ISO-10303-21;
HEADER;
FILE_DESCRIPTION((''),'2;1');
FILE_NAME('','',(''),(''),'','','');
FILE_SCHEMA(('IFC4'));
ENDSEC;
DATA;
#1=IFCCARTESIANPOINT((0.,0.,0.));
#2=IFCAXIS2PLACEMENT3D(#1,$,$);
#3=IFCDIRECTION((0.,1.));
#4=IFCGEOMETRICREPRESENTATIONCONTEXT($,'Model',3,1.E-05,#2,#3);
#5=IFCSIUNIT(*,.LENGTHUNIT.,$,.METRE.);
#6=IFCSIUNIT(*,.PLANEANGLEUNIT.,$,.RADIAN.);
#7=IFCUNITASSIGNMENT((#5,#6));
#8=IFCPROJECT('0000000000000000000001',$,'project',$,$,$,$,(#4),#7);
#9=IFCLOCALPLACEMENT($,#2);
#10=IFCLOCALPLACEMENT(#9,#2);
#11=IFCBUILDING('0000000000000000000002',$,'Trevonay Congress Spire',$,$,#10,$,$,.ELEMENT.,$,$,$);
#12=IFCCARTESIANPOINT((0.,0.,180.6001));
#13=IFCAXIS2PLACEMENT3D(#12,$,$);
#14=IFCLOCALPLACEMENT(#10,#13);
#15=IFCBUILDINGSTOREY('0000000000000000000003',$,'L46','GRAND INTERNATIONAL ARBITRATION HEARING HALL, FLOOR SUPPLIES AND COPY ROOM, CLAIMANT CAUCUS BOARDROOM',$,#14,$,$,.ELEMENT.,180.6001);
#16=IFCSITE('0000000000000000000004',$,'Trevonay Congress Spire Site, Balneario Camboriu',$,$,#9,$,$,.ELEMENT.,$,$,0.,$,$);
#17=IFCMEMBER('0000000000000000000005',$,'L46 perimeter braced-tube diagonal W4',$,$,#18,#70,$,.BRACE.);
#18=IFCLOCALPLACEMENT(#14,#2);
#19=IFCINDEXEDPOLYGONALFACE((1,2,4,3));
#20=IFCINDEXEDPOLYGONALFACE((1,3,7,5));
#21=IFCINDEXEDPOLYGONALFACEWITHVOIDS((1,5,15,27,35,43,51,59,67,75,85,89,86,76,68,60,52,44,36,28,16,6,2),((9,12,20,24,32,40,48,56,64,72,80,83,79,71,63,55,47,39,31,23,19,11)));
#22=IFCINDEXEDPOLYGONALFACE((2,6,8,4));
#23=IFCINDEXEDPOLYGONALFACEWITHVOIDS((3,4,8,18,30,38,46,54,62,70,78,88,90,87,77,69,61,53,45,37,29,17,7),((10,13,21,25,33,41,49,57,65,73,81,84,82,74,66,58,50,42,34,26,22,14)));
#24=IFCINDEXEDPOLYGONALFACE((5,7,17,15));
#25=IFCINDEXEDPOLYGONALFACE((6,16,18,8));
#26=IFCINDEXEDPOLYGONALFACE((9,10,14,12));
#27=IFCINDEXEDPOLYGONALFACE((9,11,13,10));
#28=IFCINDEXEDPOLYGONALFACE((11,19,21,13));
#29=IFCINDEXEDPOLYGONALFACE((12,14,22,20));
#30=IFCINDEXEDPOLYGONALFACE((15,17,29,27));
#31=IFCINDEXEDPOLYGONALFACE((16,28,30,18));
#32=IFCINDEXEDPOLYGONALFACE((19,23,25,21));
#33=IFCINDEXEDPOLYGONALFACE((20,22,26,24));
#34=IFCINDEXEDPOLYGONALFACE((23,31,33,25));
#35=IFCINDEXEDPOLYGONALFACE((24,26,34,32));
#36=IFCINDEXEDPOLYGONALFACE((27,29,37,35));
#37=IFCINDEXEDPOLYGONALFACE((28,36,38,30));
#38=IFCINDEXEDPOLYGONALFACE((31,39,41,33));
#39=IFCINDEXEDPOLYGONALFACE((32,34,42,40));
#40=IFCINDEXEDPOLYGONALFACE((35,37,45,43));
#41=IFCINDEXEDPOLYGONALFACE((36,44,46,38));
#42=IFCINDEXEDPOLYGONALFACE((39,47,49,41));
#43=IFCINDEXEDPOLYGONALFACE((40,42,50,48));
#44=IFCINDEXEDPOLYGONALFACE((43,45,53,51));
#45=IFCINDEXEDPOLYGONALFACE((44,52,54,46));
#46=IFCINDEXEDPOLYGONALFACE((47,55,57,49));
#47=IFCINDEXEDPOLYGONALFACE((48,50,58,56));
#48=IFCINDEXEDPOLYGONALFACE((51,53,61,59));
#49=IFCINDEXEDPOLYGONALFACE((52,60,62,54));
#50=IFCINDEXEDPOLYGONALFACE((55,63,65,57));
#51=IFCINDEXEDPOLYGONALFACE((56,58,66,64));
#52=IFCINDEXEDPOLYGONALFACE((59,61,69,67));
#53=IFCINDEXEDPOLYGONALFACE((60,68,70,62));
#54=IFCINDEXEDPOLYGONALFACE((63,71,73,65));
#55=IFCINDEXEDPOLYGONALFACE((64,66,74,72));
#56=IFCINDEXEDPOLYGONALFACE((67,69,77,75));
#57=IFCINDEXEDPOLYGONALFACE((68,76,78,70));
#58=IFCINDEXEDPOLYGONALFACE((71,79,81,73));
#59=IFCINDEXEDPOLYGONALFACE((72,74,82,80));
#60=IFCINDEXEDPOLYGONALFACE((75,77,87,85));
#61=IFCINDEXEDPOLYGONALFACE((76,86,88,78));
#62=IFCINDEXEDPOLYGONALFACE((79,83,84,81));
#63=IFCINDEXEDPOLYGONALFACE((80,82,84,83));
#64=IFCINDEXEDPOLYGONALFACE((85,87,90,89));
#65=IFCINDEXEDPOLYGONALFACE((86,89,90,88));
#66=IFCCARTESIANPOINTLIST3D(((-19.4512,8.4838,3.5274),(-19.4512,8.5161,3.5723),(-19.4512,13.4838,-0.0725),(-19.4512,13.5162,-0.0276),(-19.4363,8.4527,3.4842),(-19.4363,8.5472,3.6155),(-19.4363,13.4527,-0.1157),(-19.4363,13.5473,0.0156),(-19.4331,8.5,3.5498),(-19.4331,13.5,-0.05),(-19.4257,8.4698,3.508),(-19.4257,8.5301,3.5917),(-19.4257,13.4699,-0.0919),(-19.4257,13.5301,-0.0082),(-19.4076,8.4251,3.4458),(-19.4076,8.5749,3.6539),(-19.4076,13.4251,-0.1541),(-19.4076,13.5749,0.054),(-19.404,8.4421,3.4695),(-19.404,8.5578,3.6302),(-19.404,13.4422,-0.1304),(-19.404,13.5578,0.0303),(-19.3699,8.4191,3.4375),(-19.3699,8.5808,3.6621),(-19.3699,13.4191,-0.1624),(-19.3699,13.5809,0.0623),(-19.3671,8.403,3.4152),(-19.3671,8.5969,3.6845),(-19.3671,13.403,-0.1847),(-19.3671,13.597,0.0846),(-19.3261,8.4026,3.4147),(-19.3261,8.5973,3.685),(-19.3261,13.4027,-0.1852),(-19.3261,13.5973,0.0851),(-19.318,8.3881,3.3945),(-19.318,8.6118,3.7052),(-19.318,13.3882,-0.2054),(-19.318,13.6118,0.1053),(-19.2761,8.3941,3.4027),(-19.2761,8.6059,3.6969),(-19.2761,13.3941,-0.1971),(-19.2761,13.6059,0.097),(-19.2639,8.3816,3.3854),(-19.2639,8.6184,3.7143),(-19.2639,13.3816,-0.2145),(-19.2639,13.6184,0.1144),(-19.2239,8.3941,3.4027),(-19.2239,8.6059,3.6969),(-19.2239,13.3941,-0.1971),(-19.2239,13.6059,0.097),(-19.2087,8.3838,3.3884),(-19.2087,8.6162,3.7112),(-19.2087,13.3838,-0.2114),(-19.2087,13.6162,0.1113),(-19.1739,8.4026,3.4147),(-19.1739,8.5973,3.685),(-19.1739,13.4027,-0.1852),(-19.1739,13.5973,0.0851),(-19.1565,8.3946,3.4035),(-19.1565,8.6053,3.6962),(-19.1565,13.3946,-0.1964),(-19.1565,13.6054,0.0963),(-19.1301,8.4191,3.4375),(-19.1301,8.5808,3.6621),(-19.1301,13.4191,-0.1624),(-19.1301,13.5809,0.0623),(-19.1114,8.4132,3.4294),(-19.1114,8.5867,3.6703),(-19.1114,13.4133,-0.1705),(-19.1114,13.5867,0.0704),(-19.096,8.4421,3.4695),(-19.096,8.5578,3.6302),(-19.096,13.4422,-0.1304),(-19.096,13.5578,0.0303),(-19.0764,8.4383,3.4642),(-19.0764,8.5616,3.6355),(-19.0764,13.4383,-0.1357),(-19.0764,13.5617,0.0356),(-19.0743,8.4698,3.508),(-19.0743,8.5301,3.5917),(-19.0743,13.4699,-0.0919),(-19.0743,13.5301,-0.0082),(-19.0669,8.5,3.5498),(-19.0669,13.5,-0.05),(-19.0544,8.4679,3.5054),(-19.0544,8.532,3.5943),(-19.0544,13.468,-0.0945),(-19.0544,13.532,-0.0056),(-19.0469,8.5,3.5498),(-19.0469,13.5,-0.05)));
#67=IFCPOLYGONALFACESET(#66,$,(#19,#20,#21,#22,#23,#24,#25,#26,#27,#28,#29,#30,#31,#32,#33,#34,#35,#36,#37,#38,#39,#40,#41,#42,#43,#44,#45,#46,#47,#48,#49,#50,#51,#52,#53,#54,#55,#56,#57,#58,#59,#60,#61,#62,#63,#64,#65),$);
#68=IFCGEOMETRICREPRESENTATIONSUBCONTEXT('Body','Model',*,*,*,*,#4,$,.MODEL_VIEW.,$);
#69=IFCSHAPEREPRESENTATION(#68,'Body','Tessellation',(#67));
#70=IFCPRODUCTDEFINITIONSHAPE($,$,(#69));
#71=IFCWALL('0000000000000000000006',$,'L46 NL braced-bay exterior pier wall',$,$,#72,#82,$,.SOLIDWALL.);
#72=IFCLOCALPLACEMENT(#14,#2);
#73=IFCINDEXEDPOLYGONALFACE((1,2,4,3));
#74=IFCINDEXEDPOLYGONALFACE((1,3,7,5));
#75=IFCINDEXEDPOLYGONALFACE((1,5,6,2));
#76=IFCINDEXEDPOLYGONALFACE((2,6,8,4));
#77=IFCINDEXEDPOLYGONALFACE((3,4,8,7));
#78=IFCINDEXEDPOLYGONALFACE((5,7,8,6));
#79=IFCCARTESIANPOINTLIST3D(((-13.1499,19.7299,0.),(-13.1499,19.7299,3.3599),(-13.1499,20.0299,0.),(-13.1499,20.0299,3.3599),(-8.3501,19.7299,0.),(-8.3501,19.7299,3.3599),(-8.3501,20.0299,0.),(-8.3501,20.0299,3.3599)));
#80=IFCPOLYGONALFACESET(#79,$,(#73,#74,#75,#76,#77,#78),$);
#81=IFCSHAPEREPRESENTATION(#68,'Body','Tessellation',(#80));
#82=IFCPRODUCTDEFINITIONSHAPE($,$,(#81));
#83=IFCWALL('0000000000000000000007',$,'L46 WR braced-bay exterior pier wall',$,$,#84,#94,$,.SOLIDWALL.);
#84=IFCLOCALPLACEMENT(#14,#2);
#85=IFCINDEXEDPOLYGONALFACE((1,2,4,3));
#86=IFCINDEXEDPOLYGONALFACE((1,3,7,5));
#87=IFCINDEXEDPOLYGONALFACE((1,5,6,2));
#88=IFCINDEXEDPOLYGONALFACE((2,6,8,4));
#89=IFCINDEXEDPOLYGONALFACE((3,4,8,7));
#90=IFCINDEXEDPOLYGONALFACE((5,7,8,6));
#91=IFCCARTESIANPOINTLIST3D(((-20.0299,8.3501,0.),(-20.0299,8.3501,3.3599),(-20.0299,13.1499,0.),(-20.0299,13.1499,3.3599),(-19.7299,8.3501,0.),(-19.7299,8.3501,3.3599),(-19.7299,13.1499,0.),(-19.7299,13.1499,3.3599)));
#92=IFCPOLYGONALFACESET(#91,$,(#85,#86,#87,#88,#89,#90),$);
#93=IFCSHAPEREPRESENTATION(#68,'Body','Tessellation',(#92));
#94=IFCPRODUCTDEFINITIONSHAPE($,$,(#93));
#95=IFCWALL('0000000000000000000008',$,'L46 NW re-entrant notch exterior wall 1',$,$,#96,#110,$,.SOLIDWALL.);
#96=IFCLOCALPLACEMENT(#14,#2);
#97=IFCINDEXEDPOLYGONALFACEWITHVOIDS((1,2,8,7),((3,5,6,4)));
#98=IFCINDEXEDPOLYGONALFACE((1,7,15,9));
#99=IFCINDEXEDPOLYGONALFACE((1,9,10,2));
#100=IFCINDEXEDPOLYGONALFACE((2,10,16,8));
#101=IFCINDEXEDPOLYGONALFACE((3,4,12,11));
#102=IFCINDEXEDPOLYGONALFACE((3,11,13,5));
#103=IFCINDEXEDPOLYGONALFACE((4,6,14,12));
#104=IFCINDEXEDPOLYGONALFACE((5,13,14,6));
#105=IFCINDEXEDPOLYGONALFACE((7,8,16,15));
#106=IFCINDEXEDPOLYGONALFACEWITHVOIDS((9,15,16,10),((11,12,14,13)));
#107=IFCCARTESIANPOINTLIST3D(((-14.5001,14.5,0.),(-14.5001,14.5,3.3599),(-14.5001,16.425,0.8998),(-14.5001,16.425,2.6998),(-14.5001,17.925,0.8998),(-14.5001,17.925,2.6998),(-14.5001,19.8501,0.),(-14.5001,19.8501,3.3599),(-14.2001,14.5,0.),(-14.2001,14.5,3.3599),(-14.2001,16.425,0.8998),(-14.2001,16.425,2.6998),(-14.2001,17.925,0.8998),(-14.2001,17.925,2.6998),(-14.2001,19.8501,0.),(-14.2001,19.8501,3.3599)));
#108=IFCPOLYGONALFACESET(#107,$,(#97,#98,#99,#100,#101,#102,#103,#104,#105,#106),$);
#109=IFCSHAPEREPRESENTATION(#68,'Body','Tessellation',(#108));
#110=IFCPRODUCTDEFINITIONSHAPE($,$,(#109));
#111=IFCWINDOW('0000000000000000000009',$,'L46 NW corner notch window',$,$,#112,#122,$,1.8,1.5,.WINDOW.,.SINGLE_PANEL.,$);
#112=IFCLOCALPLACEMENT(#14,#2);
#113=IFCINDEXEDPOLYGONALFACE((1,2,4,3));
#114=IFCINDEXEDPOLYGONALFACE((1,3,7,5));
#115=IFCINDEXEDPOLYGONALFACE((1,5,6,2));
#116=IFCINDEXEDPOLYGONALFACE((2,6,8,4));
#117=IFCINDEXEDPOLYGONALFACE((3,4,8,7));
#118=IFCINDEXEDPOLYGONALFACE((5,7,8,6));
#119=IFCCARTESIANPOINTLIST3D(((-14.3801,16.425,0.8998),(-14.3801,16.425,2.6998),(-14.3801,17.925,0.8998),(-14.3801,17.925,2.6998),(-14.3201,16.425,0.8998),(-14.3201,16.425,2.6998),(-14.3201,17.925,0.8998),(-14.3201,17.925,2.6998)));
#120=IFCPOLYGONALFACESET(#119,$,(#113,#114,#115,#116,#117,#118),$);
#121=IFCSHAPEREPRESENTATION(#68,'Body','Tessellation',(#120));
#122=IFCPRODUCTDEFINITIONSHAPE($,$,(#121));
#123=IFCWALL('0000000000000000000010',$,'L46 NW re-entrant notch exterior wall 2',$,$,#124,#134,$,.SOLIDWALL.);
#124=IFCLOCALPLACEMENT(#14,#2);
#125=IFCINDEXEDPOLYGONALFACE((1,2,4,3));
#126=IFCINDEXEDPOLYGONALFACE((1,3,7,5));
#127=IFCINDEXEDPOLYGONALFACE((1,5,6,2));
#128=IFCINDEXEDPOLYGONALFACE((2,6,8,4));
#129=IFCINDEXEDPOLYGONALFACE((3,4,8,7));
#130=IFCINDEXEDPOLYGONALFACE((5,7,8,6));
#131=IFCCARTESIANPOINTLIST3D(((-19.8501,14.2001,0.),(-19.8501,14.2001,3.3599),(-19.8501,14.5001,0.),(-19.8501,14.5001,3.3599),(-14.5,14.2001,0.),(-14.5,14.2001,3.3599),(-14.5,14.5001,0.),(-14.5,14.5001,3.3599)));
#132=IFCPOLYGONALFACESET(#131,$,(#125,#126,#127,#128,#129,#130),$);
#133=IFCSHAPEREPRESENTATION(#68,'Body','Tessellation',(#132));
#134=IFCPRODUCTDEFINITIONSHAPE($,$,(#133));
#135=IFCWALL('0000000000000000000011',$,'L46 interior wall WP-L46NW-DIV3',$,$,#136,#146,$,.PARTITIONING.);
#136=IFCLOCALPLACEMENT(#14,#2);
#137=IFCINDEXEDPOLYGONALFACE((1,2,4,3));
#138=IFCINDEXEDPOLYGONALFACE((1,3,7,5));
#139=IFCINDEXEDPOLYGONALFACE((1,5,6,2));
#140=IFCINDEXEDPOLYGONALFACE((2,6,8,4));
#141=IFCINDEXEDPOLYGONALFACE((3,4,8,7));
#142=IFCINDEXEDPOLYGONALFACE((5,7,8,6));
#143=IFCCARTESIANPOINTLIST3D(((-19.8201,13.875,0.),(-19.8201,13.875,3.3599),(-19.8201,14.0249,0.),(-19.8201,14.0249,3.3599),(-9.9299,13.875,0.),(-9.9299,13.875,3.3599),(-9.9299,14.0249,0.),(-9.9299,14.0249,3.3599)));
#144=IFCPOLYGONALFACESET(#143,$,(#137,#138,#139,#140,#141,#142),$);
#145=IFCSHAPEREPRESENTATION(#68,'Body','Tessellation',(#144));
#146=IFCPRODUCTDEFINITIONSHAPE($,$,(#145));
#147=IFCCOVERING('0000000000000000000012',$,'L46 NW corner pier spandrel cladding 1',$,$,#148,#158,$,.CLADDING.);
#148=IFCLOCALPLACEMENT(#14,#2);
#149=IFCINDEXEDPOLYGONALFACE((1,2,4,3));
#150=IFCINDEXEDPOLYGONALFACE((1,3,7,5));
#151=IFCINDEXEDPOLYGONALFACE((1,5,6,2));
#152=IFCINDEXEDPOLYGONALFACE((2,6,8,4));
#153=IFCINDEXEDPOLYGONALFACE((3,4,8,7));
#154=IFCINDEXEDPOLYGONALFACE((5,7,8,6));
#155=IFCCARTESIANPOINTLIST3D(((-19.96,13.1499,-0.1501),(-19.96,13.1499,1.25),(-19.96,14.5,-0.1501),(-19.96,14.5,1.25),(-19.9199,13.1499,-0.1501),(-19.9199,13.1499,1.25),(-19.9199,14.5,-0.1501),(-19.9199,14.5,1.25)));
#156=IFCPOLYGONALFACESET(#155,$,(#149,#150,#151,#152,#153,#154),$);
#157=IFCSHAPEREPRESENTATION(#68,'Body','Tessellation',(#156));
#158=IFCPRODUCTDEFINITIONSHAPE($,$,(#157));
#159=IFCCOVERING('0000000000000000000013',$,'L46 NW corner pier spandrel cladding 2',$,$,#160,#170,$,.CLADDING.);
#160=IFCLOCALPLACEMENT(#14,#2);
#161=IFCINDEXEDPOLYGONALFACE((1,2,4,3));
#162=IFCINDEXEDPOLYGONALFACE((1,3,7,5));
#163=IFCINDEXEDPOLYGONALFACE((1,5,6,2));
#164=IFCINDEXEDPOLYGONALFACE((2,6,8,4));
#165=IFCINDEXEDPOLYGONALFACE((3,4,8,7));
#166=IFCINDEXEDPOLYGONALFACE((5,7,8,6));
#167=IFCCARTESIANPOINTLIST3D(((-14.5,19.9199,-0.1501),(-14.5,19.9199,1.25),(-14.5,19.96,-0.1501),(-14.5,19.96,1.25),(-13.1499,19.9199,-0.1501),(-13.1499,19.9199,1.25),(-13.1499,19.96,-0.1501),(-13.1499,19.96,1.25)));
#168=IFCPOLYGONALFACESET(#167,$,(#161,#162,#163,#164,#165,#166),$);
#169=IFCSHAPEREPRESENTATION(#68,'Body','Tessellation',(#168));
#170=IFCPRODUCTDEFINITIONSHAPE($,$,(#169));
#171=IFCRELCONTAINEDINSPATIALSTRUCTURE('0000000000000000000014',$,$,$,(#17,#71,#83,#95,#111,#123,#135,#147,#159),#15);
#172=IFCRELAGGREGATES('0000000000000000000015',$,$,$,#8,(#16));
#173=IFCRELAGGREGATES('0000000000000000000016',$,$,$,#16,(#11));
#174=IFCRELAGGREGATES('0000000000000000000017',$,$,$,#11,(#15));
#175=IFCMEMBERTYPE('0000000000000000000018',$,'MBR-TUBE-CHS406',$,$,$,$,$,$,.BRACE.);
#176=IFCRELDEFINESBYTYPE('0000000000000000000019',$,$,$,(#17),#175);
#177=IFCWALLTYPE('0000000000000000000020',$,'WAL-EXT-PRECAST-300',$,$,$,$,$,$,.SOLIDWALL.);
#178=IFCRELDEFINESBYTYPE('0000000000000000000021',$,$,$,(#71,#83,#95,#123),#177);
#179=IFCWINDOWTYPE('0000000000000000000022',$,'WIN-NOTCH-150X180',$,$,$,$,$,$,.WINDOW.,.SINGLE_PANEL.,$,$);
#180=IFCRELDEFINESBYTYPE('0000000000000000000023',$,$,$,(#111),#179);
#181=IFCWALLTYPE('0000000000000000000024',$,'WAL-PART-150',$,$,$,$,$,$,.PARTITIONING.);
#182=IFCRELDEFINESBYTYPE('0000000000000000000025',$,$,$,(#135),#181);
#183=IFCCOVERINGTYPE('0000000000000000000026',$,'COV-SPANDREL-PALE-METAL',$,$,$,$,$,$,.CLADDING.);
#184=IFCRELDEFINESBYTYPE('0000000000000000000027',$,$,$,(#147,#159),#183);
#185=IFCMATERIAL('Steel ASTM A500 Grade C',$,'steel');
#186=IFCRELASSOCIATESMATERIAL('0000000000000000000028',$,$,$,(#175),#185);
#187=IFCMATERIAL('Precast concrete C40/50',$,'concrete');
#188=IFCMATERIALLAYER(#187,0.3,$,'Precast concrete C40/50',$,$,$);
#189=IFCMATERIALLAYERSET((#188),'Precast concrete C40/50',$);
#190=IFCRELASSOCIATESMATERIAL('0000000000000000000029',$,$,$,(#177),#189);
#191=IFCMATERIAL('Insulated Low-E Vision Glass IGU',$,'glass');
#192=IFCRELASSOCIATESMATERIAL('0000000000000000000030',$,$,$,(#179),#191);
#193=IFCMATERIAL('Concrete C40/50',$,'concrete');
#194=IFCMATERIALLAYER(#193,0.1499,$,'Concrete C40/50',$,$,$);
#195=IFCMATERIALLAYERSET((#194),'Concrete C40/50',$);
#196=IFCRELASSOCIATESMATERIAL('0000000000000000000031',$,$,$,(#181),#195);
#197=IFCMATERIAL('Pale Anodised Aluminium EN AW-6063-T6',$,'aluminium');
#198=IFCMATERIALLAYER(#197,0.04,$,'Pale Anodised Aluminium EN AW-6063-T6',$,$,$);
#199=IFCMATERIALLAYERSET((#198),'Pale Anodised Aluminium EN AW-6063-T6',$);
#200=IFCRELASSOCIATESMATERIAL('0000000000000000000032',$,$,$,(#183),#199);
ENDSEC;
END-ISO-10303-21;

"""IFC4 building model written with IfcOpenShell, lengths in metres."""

from ifc_helpers import new_model, si_unit, direction, frame, frame_2d, origin, origin_2d, place, context, subcontext, project, spatial, rectangle, hollow_circle, extrude, material, layer, layer_set, material_profile, profile_set, type_object, element, fill, save


model = new_model("IFC4")

# Units and contexts
model_context = context("Model", 3, precision=1e-05, world=origin(), true_north=direction((0.0, 1.0)))
body_context = subcontext(model_context, "Body", "Model", "MODEL_VIEW")
ifc_project = project(units=[si_unit("LENGTHUNIT", "METRE"), si_unit("PLANEANGLEUNIT", "RADIAN")], contexts=[model_context])

# Site, building, storey
site_placement = place(None, origin())
site = spatial("IfcSite", under=ifc_project, at=site_placement, Name="Trevonay Congress Spire Site, Balneario Camboriu", CompositionType="ELEMENT", RefElevation=0.0)
building_placement = place(site_placement, origin())
building = spatial("IfcBuilding", under=site, at=building_placement, Name="Trevonay Congress Spire", CompositionType="ELEMENT")
storey_placement = place(building_placement, frame((0.0, 0.0, 180.6001)))
storey = spatial("IfcBuildingStorey", under=building, at=storey_placement, Name="L46", Description="GRAND INTERNATIONAL ARBITRATION HEARING HALL, FLOOR SUPPLIES AND COPY ROOM, CLAIMANT CAUCUS BOARDROOM", CompositionType="ELEMENT", Elevation=180.6001)

# Shared definitions
ifc_material_1 = material(Name="Pale Anodised Aluminium EN AW-6063-T6", Category="aluminium")

# Member
ifc_material_2 = material(Name="Steel ASTM A500 Grade C", Category="steel")
ifc_material_profile_1 = material_profile(ifc_material_2, hollow_circle(Radius=0.2031, WallThickness=0.02, at=origin_2d()), Name="CHS 406.4x20")
ifc_profile_set_1 = profile_set([ifc_material_profile_1], Name="Steel ASTM A500 Grade C")
member_type_1 = type_object("IfcMemberType", Name="MBR-TUBE-CHS406", PredefinedType="BRACE", material=ifc_profile_set_1)
for number, where, z_axis, x_axis, name in (
    (1, (-19.25, 13.5, -0.05), (0.0, -0.811546, 0.584289), (1.0, 0.0, 0.0), "L46 perimeter braced-tube diagonal W4"),
):
    element("IfcMember", number, at=place(storey_placement, frame(where, z_axis=z_axis, x_axis=x_axis)), inside=storey, type_object=member_type_1, Name=name, PredefinedType="BRACE", context=body_context, shape_type="SweptSolid", body=[
        extrude(hollow_circle(Radius=0.2031, WallThickness=0.02, at=origin_2d()), origin(), (0.0, 0.0, 1.0), 6.1611),
    ])

# Walls
ifc_material_3 = material(Name="Precast concrete C40/50", Category="concrete")
ifc_layer_1 = layer(ifc_material_3, 0.3, Name="Precast concrete C40/50")
ifc_layer_set_1 = layer_set([ifc_layer_1], Name="Precast concrete C40/50")
wall_type_1 = type_object("IfcWallType", Name="WAL-EXT-PRECAST-300", PredefinedType="SOLIDWALL", material=ifc_layer_set_1)
for number, where, z_axis, x_axis, name in (
    (2, (-13.1499, 19.8799, 0.0), (0.0, 0.0, 1.0), (1.0, 0.0, 0.0), "L46 NL braced-bay exterior pier wall"),
    (3, (-19.8799, 8.3501, 0.0), (0.0, 0.0, 1.0), (0.0, 1.0, 0.0), "L46 WR braced-bay exterior pier wall"),
):
    element("IfcWall", number, at=place(storey_placement, frame(where, z_axis=z_axis, x_axis=x_axis)), inside=storey, type_object=wall_type_1, Name=name, PredefinedType="SOLIDWALL", context=body_context, shape_type="SweptSolid", body=[
        extrude(rectangle(XDim=4.7998, YDim=0.3, at=frame_2d((2.3999, 0.0))), origin(), (0.0, 0.0, 1.0), 3.3599),
    ])

# Wall, opening, window
wall_1_placement = place(storey_placement, frame((-14.3501, 19.8501, 0.0), z_axis=(0.0, 0.0, 1.0), x_axis=(0.0, -1.0, 0.0)))
wall_1 = element("IfcWall", 4, at=wall_1_placement, inside=storey, type_object=wall_type_1, Name="L46 NW re-entrant notch exterior wall 1", PredefinedType="SOLIDWALL", context=body_context, shape_type="SweptSolid", body=[
    extrude(rectangle(XDim=5.3501, YDim=0.3, at=frame_2d((2.675, 0.0))), origin(), (0.0, 0.0, 1.0), 3.3599),
])
opening_placement = place(wall_1_placement, frame((1.925, 0.0, 0.8999)))
opening = element("IfcOpeningElement", 5, at=opening_placement, cuts=wall_1, PredefinedType="OPENING", context=body_context, shape_type="SweptSolid", body=[
    extrude(rectangle(XDim=1.5, YDim=1.8, at=frame_2d((0.75, 0.8999))), frame((0.0, 0.1602, 0.0), z_axis=(0.0, -1.0, 0.0), x_axis=(1.0, 0.0, 0.0)), (0.0, 0.0, 1.0), 0.3201),
])
ifc_material_4 = material(Name="Insulated Low-E Vision Glass IGU", Category="glass")
window_type = type_object("IfcWindowType", Name="WIN-NOTCH-150X180", PartitioningType="SINGLE_PANEL", PredefinedType="WINDOW", material=ifc_material_4)
window_placement = place(opening_placement, origin())
window = element("IfcWindow", 6, at=window_placement, inside=storey, type_object=window_type, Name="L46 NW corner notch window", OverallHeight=1.8, OverallWidth=1.5, PartitioningType="SINGLE_PANEL", PredefinedType="WINDOW", context=body_context, shape_type="SweptSolid", body=[
    extrude(rectangle(XDim=1.5, YDim=1.8, at=frame_2d((0.75, 0.8999))), frame((0.0, 0.03, 0.0), z_axis=(0.0, -1.0, 0.0), x_axis=(1.0, 0.0, 0.0)), (0.0, 0.0, 1.0), 0.0601),
])
fill(opening, window)

# Walls
wall_2_placement = place(storey_placement, frame((-19.8501, 14.3501, 0.0), z_axis=(0.0, 0.0, 1.0), x_axis=(1.0, 0.0, 0.0)))
element("IfcWall", 7, at=wall_2_placement, inside=storey, type_object=wall_type_1, Name="L46 NW re-entrant notch exterior wall 2", PredefinedType="SOLIDWALL", context=body_context, shape_type="SweptSolid", body=[
    extrude(rectangle(XDim=5.3501, YDim=0.3, at=frame_2d((2.675, 0.0))), origin(), (0.0, 0.0, 1.0), 3.3599),
])
ifc_material_5 = material(Name="Concrete C40/50", Category="concrete")
ifc_layer_2 = layer(ifc_material_5, 0.1499, Name="Concrete C40/50")
ifc_layer_set_2 = layer_set([ifc_layer_2], Name="Concrete C40/50")
wall_type_2 = type_object("IfcWallType", Name="WAL-PART-150", PredefinedType="PARTITIONING", material=ifc_layer_set_2)
wall_3_placement = place(storey_placement, frame((-19.8201, 13.95, 0.0), z_axis=(0.0, 0.0, 1.0), x_axis=(1.0, 0.0, 0.0)))
element("IfcWall", 8, at=wall_3_placement, inside=storey, type_object=wall_type_2, Name="L46 interior wall WP-L46NW-DIV3", PredefinedType="PARTITIONING", context=body_context, shape_type="SweptSolid", body=[
    extrude(rectangle(XDim=9.8901, YDim=0.1499, at=frame_2d((4.9451, 0.0))), origin(), (0.0, 0.0, 1.0), 3.3599),
])

# Coverings
ifc_layer_3 = layer(ifc_material_1, 0.04, Name="Pale Anodised Aluminium EN AW-6063-T6")
ifc_layer_set_3 = layer_set([ifc_layer_3], Name="Pale Anodised Aluminium EN AW-6063-T6")
covering_type = type_object("IfcCoveringType", Name="COV-SPANDREL-PALE-METAL", PredefinedType="CLADDING", material=ifc_layer_set_3)
for number, where, z_axis, x_axis, name in (
    (9, (-19.9399, 13.1499, -0.1501), (0.0, 0.0, 1.0), (0.0, 1.0, 0.0), "L46 NW corner pier spandrel cladding 1"),
    (10, (-13.1499, 19.9399, -0.1501), (0.0, 0.0, 1.0), (-1.0, 0.0, 0.0), "L46 NW corner pier spandrel cladding 2"),
):
    element("IfcCovering", number, at=place(storey_placement, frame(where, z_axis=z_axis, x_axis=x_axis)), inside=storey, type_object=covering_type, Name=name, PredefinedType="CLADDING", context=body_context, shape_type="SweptSolid", body=[
        extrude(rectangle(XDim=1.3501, YDim=0.04, at=frame_2d((0.675, 0.0))), origin(), (0.0, 0.0, 1.0), 1.4001),
    ])

save(model, "model.ifc")
